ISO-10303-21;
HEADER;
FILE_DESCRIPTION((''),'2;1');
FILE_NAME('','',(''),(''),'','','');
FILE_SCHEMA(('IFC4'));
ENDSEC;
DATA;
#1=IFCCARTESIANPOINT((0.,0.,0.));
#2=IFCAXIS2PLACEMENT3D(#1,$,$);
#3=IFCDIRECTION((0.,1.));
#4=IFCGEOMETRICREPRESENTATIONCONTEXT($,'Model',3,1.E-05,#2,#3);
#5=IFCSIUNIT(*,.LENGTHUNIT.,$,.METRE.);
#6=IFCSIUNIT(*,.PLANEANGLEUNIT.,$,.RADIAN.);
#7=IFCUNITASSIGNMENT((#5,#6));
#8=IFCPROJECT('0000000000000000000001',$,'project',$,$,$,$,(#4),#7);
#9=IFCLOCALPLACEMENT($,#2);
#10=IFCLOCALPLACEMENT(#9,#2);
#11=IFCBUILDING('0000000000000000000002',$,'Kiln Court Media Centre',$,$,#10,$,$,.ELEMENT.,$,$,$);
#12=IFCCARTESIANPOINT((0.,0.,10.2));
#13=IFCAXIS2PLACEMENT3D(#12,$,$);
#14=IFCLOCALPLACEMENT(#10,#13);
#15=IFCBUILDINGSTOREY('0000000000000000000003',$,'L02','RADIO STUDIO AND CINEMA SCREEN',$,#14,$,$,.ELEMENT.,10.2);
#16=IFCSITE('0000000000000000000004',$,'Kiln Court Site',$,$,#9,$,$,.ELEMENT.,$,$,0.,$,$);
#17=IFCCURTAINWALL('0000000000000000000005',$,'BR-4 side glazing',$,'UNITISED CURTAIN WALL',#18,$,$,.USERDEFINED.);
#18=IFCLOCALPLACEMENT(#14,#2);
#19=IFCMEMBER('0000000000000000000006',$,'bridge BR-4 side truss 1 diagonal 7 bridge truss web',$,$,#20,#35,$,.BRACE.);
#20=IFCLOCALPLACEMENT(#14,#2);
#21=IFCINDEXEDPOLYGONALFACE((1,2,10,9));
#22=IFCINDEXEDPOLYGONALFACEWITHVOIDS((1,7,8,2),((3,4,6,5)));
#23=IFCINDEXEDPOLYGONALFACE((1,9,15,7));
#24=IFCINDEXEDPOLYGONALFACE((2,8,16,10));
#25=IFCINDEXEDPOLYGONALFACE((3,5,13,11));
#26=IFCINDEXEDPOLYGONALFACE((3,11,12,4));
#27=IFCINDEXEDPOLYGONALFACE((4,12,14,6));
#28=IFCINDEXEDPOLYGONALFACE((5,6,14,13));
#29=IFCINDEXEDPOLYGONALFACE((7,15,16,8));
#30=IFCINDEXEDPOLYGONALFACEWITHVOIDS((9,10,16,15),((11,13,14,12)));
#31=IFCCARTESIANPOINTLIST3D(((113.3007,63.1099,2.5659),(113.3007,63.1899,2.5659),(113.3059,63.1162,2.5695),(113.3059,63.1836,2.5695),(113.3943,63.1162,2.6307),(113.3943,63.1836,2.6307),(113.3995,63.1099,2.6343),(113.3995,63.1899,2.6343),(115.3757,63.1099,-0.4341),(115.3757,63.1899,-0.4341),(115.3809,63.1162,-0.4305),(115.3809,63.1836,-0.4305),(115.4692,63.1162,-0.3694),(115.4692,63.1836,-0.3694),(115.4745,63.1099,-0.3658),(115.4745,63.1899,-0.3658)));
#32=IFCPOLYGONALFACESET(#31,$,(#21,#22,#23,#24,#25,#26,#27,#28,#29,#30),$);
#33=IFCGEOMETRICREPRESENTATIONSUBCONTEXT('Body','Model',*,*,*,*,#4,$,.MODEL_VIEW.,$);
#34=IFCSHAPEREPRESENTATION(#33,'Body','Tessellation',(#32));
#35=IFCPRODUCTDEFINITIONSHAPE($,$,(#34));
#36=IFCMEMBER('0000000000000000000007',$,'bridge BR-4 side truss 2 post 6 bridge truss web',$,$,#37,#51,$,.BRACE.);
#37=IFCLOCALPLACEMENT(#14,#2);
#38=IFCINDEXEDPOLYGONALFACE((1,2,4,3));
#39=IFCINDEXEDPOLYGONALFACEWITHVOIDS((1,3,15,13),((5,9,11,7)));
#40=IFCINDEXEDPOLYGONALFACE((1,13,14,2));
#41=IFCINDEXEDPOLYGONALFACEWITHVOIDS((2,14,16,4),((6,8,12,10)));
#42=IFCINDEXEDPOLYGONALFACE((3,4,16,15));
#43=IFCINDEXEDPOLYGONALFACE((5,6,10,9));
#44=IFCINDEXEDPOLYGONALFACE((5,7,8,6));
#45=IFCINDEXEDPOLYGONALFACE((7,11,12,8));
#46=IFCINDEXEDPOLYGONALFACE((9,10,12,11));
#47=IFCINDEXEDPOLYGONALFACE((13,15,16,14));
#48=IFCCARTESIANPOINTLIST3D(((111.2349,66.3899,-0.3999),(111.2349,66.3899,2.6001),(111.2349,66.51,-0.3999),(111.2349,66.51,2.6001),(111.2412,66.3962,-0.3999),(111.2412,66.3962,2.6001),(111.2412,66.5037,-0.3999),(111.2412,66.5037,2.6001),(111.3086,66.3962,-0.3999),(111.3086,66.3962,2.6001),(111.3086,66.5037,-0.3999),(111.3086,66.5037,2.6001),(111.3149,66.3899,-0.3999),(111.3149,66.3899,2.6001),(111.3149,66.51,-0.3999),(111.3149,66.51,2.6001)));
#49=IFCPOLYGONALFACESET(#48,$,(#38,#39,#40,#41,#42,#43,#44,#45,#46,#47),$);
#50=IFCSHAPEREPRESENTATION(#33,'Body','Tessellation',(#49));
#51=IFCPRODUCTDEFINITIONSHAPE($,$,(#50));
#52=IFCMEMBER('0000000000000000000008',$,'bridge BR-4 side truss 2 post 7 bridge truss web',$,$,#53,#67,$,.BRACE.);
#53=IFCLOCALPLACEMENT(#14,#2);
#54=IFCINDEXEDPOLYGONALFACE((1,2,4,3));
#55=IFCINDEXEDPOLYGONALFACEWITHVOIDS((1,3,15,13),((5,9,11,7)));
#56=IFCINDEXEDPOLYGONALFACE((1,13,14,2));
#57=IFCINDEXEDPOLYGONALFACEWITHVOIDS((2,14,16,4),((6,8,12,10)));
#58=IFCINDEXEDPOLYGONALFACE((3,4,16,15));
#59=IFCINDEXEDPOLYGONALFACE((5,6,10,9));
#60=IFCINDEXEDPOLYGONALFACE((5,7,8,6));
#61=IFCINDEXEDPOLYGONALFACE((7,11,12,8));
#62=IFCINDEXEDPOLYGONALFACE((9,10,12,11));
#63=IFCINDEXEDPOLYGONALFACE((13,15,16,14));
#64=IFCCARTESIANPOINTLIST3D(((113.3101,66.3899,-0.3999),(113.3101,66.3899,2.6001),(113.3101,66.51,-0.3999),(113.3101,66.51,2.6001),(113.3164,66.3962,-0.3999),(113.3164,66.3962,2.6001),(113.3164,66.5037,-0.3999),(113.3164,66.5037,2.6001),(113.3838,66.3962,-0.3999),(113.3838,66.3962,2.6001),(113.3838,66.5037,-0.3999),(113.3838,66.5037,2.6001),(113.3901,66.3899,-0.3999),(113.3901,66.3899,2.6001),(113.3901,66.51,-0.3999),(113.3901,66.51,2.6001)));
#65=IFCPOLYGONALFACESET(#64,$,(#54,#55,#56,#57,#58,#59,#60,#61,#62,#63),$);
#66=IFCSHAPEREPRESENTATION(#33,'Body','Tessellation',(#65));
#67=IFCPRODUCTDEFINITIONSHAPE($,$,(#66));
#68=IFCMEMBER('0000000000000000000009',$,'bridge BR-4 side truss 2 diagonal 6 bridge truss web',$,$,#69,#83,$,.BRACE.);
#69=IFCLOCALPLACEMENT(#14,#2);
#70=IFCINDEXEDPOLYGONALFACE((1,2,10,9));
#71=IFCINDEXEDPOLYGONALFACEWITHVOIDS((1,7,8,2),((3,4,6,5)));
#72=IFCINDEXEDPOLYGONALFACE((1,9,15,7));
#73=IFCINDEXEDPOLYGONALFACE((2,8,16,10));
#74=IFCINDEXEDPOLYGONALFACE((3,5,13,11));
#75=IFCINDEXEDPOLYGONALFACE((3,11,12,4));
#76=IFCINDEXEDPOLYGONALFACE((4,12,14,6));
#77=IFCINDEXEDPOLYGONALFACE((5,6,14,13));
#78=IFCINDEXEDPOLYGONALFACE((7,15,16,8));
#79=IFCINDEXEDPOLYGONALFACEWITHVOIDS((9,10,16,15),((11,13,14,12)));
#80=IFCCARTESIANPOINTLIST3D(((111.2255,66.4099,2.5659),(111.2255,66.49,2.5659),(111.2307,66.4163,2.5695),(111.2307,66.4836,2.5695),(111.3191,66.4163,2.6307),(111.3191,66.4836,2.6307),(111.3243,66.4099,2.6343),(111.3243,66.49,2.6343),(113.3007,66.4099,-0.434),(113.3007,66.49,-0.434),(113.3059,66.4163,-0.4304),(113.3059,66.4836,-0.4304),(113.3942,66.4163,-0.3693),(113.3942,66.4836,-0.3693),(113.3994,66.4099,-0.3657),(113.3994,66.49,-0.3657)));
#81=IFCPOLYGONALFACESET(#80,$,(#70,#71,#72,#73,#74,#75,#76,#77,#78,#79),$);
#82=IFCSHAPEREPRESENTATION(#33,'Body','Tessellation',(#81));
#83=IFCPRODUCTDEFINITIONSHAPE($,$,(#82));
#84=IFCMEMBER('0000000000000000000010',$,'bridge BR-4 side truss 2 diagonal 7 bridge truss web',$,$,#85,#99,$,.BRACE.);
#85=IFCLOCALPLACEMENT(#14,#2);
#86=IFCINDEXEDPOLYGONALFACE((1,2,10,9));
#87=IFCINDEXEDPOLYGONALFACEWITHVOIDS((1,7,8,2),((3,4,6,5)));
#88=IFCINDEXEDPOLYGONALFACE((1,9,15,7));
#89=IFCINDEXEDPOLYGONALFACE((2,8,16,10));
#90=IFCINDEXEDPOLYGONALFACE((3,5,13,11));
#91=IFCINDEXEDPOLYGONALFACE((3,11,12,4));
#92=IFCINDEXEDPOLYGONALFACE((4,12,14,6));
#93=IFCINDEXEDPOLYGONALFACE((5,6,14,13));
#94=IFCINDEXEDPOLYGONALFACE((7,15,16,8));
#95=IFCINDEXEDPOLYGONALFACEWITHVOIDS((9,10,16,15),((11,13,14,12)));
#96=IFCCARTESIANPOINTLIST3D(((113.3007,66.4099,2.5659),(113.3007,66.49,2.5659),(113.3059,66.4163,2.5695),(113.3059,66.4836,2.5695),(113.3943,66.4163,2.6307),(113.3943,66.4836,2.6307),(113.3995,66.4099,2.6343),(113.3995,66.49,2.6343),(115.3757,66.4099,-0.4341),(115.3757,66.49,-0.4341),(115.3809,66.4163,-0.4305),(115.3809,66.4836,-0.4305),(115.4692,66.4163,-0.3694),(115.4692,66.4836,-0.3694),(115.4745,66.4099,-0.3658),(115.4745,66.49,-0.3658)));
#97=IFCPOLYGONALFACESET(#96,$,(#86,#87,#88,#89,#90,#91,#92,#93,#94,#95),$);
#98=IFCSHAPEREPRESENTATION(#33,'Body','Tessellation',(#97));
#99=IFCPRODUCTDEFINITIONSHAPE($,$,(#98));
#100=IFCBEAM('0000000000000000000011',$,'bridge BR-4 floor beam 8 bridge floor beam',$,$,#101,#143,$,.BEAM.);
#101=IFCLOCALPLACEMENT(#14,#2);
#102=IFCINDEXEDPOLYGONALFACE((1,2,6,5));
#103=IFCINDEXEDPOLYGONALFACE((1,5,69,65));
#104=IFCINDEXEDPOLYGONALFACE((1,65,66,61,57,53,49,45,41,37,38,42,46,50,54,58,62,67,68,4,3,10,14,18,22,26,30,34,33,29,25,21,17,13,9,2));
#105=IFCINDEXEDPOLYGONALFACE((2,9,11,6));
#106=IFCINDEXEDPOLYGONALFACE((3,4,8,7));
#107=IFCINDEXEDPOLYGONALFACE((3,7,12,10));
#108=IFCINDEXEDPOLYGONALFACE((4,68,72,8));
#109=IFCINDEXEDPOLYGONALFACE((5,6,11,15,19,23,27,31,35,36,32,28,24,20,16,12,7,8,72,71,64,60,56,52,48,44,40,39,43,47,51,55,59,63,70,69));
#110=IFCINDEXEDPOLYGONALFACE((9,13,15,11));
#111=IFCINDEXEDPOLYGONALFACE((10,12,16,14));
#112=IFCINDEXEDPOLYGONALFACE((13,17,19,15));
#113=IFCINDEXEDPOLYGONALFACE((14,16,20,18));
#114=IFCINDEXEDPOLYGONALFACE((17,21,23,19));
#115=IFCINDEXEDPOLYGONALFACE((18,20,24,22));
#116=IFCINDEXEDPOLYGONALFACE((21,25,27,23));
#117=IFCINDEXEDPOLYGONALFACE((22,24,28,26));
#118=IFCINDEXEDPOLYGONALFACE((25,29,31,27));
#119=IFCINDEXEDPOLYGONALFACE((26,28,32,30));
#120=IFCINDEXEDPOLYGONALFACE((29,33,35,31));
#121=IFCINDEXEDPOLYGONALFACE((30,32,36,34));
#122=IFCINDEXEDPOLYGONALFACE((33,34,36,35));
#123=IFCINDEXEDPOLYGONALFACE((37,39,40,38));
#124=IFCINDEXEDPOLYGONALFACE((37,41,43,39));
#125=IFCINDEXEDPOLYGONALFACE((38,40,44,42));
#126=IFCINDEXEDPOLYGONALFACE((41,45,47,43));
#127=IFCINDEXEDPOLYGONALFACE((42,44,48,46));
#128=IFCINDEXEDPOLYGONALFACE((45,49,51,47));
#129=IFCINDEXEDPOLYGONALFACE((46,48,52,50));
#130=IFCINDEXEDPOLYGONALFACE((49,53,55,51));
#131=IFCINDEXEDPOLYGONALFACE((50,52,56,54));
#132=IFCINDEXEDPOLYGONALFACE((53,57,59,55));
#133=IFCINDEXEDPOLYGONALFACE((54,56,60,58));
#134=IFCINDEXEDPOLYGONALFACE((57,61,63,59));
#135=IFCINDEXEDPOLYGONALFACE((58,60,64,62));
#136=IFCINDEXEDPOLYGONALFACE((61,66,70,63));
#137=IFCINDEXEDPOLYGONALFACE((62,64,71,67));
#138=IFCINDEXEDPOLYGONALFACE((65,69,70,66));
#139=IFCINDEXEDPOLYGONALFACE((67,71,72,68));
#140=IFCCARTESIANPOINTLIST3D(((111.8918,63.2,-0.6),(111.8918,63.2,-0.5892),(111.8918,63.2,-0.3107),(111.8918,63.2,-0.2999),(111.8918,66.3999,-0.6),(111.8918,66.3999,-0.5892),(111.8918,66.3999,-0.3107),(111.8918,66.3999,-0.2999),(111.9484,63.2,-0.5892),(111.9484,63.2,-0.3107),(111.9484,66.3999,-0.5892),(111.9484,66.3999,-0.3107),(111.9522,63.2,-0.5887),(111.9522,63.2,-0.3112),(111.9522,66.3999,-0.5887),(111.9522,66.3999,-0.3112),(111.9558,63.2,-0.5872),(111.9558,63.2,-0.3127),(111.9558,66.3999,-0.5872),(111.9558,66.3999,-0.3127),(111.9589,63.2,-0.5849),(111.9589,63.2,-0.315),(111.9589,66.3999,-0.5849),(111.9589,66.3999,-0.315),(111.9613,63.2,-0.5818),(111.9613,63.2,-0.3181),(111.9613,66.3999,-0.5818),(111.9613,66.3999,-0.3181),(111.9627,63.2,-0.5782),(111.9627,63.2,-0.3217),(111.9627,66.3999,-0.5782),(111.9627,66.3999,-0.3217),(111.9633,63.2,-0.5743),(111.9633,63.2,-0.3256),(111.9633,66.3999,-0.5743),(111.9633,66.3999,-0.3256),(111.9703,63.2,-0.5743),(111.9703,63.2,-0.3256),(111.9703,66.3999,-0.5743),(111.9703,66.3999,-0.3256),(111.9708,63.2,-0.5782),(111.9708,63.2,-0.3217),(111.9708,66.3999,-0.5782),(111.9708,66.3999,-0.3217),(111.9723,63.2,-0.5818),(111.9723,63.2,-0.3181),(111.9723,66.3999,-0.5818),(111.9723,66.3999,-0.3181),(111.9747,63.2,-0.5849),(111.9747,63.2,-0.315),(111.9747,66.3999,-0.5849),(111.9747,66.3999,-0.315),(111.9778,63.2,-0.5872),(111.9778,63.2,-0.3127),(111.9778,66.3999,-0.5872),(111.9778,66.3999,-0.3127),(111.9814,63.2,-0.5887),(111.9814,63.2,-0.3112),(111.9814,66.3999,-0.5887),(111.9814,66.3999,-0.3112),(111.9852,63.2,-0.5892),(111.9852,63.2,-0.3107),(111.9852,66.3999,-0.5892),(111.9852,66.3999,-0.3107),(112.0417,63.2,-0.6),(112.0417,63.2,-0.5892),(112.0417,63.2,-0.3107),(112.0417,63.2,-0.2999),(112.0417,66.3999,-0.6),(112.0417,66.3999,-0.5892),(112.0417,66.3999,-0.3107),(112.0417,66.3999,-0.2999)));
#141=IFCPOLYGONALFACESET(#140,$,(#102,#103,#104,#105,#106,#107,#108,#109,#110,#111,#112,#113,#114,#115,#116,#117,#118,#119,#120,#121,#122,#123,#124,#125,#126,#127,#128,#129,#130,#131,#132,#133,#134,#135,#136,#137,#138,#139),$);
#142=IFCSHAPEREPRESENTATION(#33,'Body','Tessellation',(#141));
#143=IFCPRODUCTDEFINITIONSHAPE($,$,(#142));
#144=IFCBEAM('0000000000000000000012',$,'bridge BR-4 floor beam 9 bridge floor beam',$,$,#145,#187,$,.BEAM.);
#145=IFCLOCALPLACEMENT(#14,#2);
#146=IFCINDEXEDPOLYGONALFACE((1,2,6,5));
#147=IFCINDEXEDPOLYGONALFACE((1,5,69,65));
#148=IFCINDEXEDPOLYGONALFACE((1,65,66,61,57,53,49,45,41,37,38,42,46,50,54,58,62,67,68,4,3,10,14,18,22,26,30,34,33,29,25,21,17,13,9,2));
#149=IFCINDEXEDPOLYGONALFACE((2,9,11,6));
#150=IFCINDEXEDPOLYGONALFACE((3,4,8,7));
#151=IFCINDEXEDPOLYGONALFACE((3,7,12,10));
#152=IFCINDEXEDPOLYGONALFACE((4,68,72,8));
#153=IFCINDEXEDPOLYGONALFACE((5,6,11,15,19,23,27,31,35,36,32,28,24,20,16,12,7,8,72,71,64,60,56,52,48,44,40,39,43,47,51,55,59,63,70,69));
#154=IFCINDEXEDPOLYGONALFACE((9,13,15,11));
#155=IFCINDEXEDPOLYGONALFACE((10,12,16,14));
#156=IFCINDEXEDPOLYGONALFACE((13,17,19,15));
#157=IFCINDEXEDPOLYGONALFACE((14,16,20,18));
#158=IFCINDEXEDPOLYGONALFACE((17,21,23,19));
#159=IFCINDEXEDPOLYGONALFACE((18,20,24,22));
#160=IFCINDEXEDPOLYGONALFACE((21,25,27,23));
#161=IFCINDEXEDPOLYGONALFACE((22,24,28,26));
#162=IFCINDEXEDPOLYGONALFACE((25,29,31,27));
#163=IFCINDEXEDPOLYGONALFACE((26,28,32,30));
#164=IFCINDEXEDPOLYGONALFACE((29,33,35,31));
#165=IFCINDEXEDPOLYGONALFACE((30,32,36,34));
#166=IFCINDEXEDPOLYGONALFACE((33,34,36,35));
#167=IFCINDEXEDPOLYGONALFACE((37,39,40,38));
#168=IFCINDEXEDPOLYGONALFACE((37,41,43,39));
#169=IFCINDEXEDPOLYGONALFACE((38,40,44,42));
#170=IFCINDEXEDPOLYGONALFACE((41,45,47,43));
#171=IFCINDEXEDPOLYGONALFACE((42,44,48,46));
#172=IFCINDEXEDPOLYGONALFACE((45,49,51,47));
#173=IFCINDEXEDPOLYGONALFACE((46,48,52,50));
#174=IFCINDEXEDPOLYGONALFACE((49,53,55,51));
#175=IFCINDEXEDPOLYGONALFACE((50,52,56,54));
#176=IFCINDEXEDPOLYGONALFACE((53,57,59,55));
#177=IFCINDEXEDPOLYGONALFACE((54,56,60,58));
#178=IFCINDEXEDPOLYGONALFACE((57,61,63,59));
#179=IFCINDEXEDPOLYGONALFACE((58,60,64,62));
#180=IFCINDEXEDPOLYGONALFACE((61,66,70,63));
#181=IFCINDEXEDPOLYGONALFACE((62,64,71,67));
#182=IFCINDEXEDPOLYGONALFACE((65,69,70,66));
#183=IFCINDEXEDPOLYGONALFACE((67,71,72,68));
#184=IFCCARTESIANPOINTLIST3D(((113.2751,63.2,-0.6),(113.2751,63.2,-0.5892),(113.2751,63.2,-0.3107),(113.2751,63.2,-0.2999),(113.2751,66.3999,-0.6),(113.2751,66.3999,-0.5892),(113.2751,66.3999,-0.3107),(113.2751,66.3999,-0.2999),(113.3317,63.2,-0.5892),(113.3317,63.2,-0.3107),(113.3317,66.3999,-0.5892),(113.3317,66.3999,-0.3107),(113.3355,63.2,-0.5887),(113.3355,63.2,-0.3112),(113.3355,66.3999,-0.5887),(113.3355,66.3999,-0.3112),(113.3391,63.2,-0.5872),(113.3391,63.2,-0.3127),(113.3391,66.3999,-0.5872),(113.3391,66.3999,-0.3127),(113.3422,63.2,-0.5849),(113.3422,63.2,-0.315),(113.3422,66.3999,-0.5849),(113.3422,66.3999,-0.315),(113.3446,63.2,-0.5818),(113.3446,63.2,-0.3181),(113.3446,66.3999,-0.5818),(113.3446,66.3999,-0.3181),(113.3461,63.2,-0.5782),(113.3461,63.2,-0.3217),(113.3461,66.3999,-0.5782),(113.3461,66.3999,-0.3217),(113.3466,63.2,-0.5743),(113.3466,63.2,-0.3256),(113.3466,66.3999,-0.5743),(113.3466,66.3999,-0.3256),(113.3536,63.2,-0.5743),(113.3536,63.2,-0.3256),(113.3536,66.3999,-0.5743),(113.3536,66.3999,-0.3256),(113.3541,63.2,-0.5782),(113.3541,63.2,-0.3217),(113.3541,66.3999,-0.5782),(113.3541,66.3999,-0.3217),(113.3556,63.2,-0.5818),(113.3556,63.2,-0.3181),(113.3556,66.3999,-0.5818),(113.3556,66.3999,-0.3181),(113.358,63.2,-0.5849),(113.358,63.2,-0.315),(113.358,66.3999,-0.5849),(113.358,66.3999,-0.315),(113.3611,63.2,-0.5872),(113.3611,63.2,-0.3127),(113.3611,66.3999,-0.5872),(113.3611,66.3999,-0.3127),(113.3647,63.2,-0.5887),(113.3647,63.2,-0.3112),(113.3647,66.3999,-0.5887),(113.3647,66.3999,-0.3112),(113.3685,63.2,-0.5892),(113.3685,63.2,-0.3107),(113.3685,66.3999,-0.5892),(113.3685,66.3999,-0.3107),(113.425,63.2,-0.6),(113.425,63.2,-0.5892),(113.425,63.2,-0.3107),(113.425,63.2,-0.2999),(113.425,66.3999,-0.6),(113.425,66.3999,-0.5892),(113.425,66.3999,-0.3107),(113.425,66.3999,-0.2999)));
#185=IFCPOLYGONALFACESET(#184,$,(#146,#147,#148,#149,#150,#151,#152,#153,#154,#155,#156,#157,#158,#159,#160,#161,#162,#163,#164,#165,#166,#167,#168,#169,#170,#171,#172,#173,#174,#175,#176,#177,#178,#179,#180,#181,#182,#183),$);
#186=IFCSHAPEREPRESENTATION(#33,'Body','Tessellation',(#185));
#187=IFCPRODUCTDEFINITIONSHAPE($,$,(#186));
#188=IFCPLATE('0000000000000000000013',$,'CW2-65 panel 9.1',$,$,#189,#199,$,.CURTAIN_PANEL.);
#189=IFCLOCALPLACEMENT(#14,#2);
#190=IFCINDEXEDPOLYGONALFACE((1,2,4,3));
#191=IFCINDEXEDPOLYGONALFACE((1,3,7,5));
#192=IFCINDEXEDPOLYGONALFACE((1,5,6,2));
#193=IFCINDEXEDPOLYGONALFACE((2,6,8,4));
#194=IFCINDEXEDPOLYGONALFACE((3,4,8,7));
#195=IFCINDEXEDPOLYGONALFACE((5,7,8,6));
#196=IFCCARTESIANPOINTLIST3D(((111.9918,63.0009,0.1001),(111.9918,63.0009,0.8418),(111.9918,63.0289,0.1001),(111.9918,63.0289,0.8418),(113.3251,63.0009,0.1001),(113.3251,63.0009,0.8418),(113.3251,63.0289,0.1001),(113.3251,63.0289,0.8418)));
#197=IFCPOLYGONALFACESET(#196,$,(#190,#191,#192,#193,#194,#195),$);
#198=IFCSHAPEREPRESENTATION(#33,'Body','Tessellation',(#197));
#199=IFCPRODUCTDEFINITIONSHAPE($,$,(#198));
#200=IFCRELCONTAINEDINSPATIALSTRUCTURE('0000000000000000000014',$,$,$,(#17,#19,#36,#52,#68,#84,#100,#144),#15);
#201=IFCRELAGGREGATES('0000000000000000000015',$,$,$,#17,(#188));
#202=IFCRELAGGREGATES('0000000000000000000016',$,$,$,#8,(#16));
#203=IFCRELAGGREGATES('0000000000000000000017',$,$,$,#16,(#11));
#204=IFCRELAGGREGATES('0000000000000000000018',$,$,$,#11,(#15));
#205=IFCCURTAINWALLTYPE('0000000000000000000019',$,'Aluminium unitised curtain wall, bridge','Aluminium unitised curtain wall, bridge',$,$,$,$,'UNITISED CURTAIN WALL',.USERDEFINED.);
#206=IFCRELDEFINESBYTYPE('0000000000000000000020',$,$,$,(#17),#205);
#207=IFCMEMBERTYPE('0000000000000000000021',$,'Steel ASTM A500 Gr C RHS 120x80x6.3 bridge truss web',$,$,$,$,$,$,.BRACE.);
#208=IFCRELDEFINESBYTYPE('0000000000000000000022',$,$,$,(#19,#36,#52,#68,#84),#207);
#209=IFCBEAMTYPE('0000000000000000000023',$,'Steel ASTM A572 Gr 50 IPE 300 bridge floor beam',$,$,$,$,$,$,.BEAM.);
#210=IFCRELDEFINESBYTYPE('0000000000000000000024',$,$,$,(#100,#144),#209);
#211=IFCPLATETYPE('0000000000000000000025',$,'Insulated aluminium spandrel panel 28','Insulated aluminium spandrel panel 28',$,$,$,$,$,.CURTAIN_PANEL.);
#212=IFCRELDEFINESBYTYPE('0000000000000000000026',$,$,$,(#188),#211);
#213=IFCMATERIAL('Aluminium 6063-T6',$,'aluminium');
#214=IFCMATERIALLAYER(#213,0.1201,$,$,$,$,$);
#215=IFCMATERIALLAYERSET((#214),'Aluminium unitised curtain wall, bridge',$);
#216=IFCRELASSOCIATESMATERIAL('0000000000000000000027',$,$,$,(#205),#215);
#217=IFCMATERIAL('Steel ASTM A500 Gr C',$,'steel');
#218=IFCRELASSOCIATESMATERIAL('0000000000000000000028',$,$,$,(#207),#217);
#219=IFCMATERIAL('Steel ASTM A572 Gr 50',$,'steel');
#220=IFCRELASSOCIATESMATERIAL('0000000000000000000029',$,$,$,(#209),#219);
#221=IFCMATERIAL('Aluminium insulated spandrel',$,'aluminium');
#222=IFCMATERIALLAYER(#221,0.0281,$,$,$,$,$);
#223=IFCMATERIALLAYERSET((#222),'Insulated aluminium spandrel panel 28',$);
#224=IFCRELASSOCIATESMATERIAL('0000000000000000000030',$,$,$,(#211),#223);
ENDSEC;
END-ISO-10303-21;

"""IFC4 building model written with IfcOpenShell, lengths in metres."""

from ifc_helpers import new_model, si_unit, direction, frame, origin, origin_2d, place, context, subcontext, project, spatial, rectangle, hollow_rectangle, i_section, extrude, material, layer, layer_set, material_profile, profile_set, type_object, element, aggregate, save


model = new_model("IFC4")

# Units and contexts
model_context = context("Model", 3, precision=1e-05, world=origin(), true_north=direction((0.0, 1.0)))
body_context = subcontext(model_context, "Body", "Model", "MODEL_VIEW")
ifc_project = project(units=[si_unit("LENGTHUNIT", "METRE"), si_unit("PLANEANGLEUNIT", "RADIAN")], contexts=[model_context])

# Site, building, storey
site_placement = place(None, origin())
site = spatial("IfcSite", under=ifc_project, at=site_placement, Name="Kiln Court Site", CompositionType="ELEMENT", RefElevation=0.0)
building_placement = place(site_placement, origin())
building = spatial("IfcBuilding", under=site, at=building_placement, Name="Kiln Court Media Centre", CompositionType="ELEMENT")
storey_placement = place(building_placement, frame((0.0, 0.0, 10.2)))
storey = spatial("IfcBuildingStorey", under=building, at=storey_placement, Name="L02", Description="RADIO STUDIO AND CINEMA SCREEN", CompositionType="ELEMENT", Elevation=10.2)

# Curtain wall
ifc_material_1 = material(Name="Aluminium 6063-T6", Category="aluminium")
ifc_layer_1 = layer(ifc_material_1, 0.1201)
ifc_layer_set_1 = layer_set([ifc_layer_1], Name="Aluminium unitised curtain wall, bridge")
curtain_wall_type = type_object("IfcCurtainWallType", Name="Aluminium unitised curtain wall, bridge", Description="Aluminium unitised curtain wall, bridge", ElementType="UNITISED CURTAIN WALL", PredefinedType="USERDEFINED", material=ifc_layer_set_1)
curtain_wall_1_placement = place(storey_placement, origin())
curtain_wall_1 = element("IfcCurtainWall", 1, at=curtain_wall_1_placement, inside=storey, type_object=curtain_wall_type, Name="BR-4 side glazing", ObjectType="UNITISED CURTAIN WALL", PredefinedType="USERDEFINED")

# Members
ifc_material_2 = material(Name="Steel ASTM A500 Gr C", Category="steel")
ifc_material_profile_1 = material_profile(ifc_material_2, hollow_rectangle(XDim=0.0801, YDim=0.1201, WallThickness=0.0063, at=origin_2d()), Name="RHS 120x80x6.3")
ifc_profile_set_1 = profile_set([ifc_material_profile_1], Name="Steel ASTM A500 Gr C")
member_type_1 = type_object("IfcMemberType", Name="Steel ASTM A500 Gr C RHS 120x80x6.3 bridge truss web", PredefinedType="BRACE", material=ifc_profile_set_1)
for number, where, z_axis, x_axis, name in (
    (2, (113.3501, 63.1499, 2.6001), (0.568844, 0.0, -0.822445), (0.0, 1.0, 0.0), "bridge BR-4 side truss 1 diagonal 7 bridge truss web"),
):
    element("IfcMember", number, at=place(storey_placement, frame(where, z_axis=z_axis, x_axis=x_axis)), inside=storey, type_object=member_type_1, Name=name, PredefinedType="BRACE", context=body_context, shape_type="SweptSolid", body=[
        extrude(hollow_rectangle(XDim=0.0801, YDim=0.1201, WallThickness=0.0063, at=origin_2d()), origin(), (0.0, 0.0, 1.0), 3.6477),
    ])
for number, where, z_axis, x_axis, name in (
    (3, (111.2749, 66.45, -0.3999), (0.0, 0.0, 1.0), (1.0, 0.0, 0.0), "bridge BR-4 side truss 2 post 6 bridge truss web"),
    (4, (113.3501, 66.45, -0.3999), (0.0, 0.0, 1.0), (1.0, 0.0, 0.0), "bridge BR-4 side truss 2 post 7 bridge truss web"),
):
    element("IfcMember", number, at=place(storey_placement, frame(where, z_axis=z_axis, x_axis=x_axis)), inside=storey, type_object=member_type_1, Name=name, PredefinedType="BRACE", context=body_context, shape_type="SweptSolid", body=[
        extrude(hollow_rectangle(XDim=0.0801, YDim=0.1201, WallThickness=0.0063, at=origin_2d()), origin(), (0.0, 0.0, 1.0), 3.0),
    ])
for number, where, z_axis, x_axis, name in (
    (5, (111.2749, 66.45, 2.6001), (0.56889, 0.0, -0.822414), (0.0, 1.0, 0.0), "bridge BR-4 side truss 2 diagonal 6 bridge truss web"),
    (6, (113.3501, 66.45, 2.6001), (0.568844, 0.0, -0.822445), (0.0, 1.0, 0.0), "bridge BR-4 side truss 2 diagonal 7 bridge truss web"),
):
    element("IfcMember", number, at=place(storey_placement, frame(where, z_axis=z_axis, x_axis=x_axis)), inside=storey, type_object=member_type_1, Name=name, PredefinedType="BRACE", context=body_context, shape_type="SweptSolid", body=[
        extrude(hollow_rectangle(XDim=0.0801, YDim=0.1201, WallThickness=0.0063, at=origin_2d()), origin(), (0.0, 0.0, 1.0), 3.6477),
    ])

# Beams
ifc_material_3 = material(Name="Steel ASTM A572 Gr 50", Category="steel")
ifc_material_profile_2 = material_profile(ifc_material_3, i_section(OverallWidth=0.1499, OverallDepth=0.3, WebThickness=0.0071, FlangeThickness=0.0107, FilletRadius=0.0149, at=origin_2d()), Name="IPE 300")
ifc_profile_set_2 = profile_set([ifc_material_profile_2], Name="Steel ASTM A572 Gr 50")
beam_type = type_object("IfcBeamType", Name="Steel ASTM A572 Gr 50 IPE 300 bridge floor beam", PredefinedType="BEAM", material=ifc_profile_set_2)
for number, where, z_axis, x_axis, name in (
    (7, (111.9668, 63.2, -0.45), (0.0, 1.0, 0.0), (-1.0, 0.0, 0.0), "bridge BR-4 floor beam 8 bridge floor beam"),
    (8, (113.3501, 63.2, -0.45), (0.0, 1.0, 0.0), (-1.0, 0.0, 0.0), "bridge BR-4 floor beam 9 bridge floor beam"),
):
    element("IfcBeam", number, at=place(storey_placement, frame(where, z_axis=z_axis, x_axis=x_axis)), inside=storey, type_object=beam_type, Name=name, PredefinedType="BEAM", context=body_context, shape_type="SweptSolid", body=[
        extrude(i_section(OverallWidth=0.1499, OverallDepth=0.3, WebThickness=0.0071, FlangeThickness=0.0107, FilletRadius=0.0149, at=origin_2d()), origin(), (0.0, 0.0, 1.0), 3.2),
    ])

# Plate
ifc_material_4 = material(Name="Aluminium insulated spandrel", Category="aluminium")
ifc_layer_2 = layer(ifc_material_4, 0.0281)
ifc_layer_set_2 = layer_set([ifc_layer_2], Name="Insulated aluminium spandrel panel 28")
plate_type_1 = type_object("IfcPlateType", Name="Insulated aluminium spandrel panel 28", Description="Insulated aluminium spandrel panel 28", PredefinedType="CURTAIN_PANEL", material=ifc_layer_set_2)
plate_1_placement = place(storey_placement, frame((112.6584, 63.0149, 0.1001), z_axis=(0.0, 0.0, 1.0), x_axis=(1.0, 0.0, 0.0)))
plate_1 = element("IfcPlate", 9, at=plate_1_placement, type_object=plate_type_1, Name="CW2-65 panel 9.1", PredefinedType="CURTAIN_PANEL", context=body_context, shape_type="SweptSolid", body=[
    extrude(rectangle(XDim=1.3333, YDim=0.0281, at=origin_2d()), origin(), (0.0, 0.0, 1.0), 0.7417),
])
aggregate(curtain_wall_1, [plate_1])

save(model, "model.ifc")
